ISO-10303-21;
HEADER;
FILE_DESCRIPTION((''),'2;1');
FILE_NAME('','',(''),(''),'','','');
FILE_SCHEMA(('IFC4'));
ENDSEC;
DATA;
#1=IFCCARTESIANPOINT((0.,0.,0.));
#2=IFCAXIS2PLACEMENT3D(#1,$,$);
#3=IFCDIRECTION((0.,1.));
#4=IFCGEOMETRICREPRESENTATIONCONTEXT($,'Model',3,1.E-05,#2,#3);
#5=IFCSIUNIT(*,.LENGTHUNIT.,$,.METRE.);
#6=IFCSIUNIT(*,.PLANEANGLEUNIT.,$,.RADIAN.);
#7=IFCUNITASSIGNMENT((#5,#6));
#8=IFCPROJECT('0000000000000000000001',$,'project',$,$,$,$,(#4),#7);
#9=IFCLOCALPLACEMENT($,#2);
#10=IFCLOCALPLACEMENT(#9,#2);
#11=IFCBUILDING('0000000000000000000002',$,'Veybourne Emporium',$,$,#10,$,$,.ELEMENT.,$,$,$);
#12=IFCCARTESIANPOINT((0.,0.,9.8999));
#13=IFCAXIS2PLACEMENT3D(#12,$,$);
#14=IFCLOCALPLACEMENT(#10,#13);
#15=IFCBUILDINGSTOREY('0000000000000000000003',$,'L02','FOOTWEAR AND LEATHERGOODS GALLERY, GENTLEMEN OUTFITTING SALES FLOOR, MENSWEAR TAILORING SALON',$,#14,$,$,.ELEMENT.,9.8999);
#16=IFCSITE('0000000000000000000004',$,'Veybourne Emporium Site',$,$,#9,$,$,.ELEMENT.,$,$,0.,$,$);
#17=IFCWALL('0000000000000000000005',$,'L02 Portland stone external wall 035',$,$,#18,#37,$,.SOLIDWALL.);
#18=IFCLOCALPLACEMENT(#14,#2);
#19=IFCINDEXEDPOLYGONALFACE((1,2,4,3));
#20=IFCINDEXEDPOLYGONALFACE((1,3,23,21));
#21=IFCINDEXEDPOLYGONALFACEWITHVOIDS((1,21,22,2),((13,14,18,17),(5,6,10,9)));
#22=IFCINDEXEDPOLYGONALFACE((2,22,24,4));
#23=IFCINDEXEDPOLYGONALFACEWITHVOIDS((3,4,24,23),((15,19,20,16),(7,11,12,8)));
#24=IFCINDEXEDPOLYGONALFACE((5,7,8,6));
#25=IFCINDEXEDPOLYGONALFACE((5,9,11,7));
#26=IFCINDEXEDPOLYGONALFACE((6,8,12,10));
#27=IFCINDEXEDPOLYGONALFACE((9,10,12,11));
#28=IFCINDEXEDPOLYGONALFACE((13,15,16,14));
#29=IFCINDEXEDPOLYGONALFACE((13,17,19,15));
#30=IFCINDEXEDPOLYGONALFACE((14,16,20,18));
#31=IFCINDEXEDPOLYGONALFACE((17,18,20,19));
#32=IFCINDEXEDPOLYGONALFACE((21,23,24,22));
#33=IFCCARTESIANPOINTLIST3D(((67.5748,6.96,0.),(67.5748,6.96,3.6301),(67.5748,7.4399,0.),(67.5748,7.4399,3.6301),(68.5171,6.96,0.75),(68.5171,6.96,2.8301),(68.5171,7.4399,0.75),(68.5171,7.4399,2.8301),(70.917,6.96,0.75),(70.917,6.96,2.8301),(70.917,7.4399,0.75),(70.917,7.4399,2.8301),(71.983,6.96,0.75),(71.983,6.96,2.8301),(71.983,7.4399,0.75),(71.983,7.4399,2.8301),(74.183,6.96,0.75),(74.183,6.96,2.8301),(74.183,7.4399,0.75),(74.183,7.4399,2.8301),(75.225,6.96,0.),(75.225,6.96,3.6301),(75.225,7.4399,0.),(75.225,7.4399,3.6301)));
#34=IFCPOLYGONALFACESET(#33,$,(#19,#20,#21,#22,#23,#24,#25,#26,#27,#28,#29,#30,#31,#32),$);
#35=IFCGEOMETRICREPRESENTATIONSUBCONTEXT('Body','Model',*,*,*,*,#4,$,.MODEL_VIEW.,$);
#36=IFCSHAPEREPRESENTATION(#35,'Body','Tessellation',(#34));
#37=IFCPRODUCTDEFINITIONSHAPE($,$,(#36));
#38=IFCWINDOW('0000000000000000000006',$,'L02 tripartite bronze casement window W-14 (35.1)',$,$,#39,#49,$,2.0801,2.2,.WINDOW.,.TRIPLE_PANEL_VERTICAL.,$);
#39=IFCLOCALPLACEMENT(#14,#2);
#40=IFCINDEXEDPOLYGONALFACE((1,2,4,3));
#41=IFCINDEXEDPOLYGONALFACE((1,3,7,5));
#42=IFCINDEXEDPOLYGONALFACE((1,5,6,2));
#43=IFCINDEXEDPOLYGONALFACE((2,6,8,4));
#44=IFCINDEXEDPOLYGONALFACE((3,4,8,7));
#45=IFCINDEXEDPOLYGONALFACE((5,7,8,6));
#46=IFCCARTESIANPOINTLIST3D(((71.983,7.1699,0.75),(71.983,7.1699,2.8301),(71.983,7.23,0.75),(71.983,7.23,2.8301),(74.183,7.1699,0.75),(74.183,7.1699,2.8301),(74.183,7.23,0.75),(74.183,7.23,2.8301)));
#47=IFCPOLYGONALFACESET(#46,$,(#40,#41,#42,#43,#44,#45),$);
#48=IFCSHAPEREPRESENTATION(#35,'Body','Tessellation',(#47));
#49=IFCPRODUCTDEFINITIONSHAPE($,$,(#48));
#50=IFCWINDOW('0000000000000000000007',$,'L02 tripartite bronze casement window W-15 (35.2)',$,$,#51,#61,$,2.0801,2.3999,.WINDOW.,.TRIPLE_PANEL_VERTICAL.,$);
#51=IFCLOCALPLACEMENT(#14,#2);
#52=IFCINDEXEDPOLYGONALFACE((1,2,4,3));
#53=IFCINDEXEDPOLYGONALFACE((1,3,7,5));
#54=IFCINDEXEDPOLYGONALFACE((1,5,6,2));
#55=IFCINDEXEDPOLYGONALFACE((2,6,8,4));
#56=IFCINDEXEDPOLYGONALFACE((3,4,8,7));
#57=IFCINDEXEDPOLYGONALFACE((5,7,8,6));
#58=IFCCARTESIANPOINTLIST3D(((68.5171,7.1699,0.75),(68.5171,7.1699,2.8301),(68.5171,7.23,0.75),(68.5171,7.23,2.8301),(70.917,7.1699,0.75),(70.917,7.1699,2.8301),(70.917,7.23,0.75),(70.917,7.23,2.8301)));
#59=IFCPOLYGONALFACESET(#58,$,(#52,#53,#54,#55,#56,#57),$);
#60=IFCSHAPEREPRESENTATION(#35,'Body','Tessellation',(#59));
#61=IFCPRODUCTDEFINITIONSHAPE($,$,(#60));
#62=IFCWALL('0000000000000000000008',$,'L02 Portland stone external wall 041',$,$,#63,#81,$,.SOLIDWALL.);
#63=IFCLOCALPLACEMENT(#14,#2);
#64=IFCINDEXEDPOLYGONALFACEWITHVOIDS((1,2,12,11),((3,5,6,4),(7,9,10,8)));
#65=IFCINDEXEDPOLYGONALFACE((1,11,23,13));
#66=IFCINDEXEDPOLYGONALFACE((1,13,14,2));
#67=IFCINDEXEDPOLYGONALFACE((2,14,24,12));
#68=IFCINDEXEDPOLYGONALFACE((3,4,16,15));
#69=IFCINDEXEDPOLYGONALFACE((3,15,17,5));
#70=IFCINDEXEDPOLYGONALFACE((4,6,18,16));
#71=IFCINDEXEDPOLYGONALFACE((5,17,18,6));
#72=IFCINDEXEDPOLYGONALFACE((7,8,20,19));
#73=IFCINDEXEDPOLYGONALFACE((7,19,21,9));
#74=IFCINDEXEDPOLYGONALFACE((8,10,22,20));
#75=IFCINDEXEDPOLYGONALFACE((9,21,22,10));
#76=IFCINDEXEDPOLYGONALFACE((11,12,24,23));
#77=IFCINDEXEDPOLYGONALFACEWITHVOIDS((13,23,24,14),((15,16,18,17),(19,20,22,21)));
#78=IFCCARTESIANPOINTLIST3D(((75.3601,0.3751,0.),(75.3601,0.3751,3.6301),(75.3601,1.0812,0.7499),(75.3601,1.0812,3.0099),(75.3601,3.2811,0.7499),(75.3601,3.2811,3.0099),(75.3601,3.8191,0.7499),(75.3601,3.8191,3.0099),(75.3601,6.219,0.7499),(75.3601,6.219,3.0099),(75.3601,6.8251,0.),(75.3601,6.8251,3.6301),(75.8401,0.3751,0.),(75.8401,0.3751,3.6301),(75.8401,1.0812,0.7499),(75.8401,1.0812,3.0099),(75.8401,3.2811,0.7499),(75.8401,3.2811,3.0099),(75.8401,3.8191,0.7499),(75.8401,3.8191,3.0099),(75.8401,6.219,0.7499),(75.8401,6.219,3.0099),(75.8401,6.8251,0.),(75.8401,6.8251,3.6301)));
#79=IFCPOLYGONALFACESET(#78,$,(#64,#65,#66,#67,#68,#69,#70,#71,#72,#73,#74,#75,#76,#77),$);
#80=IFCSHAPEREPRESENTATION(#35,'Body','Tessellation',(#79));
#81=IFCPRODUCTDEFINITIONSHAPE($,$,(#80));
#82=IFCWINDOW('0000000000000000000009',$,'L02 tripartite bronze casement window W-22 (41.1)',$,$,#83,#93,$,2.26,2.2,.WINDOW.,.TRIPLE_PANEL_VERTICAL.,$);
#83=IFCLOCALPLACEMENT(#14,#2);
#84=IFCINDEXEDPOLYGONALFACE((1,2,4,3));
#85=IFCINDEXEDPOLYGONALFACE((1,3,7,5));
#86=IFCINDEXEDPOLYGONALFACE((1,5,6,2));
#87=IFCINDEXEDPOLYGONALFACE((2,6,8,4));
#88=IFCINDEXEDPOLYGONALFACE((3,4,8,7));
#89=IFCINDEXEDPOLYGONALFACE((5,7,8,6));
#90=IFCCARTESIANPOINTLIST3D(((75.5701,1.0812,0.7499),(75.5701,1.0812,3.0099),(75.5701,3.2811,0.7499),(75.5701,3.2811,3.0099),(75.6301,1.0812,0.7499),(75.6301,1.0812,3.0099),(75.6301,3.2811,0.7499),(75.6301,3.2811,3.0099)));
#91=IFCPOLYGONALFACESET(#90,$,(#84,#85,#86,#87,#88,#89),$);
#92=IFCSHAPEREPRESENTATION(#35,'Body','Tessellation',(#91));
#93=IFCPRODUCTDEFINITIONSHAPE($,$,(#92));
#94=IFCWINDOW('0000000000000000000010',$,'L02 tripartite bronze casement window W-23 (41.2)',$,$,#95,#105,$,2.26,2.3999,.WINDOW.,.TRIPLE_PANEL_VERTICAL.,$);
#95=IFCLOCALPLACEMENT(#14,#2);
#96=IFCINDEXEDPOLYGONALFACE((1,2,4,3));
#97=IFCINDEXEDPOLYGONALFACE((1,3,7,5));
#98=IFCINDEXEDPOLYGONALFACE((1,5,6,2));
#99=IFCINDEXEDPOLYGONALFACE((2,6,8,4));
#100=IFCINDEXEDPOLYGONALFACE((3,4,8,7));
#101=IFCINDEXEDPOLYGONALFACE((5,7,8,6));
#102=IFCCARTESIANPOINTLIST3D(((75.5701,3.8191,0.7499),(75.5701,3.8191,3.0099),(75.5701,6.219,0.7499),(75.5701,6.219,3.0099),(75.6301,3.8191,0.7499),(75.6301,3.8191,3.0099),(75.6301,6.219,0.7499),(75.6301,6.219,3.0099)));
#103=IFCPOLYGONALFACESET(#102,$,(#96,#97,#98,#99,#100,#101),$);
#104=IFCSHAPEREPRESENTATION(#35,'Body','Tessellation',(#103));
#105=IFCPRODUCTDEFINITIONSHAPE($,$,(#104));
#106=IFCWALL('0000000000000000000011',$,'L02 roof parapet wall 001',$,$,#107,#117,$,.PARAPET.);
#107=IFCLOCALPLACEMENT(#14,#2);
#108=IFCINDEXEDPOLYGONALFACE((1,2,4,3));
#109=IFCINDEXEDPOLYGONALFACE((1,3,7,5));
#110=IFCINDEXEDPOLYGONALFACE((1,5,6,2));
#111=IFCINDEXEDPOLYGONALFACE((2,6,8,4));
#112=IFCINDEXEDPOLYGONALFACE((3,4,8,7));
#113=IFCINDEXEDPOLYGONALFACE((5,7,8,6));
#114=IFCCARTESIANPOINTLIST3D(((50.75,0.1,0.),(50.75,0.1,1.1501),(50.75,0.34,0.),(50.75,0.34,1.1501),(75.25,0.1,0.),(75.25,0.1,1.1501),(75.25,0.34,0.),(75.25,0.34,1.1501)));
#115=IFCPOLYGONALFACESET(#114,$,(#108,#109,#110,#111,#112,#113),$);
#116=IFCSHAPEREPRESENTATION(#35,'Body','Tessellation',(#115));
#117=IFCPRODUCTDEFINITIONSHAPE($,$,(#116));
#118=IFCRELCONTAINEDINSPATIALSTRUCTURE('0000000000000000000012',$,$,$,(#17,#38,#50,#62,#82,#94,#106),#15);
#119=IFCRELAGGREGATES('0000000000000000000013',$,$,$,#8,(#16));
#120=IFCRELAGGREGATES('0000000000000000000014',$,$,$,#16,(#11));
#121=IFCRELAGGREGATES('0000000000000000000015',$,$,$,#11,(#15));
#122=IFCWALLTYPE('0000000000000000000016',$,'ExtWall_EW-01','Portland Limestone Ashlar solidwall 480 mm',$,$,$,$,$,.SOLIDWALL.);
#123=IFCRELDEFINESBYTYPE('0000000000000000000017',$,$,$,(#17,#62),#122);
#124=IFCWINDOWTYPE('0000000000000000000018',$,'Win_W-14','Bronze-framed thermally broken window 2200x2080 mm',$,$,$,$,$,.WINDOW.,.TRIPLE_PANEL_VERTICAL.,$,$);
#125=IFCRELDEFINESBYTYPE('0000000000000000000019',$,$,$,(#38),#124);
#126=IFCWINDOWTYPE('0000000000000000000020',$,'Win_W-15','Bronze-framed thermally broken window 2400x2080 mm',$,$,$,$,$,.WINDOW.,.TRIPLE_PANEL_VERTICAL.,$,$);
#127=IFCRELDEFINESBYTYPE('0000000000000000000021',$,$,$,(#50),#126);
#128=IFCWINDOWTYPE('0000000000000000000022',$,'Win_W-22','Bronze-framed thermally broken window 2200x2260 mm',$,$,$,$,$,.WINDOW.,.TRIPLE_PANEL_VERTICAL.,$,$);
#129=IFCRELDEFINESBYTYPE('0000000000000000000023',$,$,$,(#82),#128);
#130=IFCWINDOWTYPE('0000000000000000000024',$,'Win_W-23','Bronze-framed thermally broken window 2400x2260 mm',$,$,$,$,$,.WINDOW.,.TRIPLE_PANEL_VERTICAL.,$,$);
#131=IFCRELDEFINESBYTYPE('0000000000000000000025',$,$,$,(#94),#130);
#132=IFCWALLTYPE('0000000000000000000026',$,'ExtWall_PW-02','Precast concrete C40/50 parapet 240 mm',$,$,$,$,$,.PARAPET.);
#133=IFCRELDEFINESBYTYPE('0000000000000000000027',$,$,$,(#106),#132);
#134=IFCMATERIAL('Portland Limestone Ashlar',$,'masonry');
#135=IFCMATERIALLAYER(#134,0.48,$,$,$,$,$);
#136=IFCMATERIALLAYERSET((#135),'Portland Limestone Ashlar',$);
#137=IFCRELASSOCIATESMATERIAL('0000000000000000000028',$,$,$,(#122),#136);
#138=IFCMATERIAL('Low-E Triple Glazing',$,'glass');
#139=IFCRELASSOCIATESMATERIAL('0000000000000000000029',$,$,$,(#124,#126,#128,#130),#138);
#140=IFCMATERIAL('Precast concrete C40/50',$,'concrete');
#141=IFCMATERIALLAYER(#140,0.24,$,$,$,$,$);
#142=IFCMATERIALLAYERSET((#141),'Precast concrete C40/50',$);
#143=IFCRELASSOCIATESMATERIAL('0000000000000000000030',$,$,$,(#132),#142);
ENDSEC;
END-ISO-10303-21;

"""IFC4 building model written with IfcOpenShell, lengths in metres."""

from ifc_helpers import new_model, si_unit, direction, frame, frame_2d, origin, place, context, subcontext, project, spatial, rectangle, extrude, material, layer, layer_set, type_object, element, fill, save


model = new_model("IFC4")

# Units and contexts
model_context = context("Model", 3, precision=1e-05, world=origin(), true_north=direction((0.0, 1.0)))
body_context = subcontext(model_context, "Body", "Model", "MODEL_VIEW")
ifc_project = project(units=[si_unit("LENGTHUNIT", "METRE"), si_unit("PLANEANGLEUNIT", "RADIAN")], contexts=[model_context])

# Site, building, storey
site_placement = place(None, origin())
site = spatial("IfcSite", under=ifc_project, at=site_placement, Name="Veybourne Emporium Site", CompositionType="ELEMENT", RefElevation=0.0)
building_placement = place(site_placement, origin())
building = spatial("IfcBuilding", under=site, at=building_placement, Name="Veybourne Emporium", CompositionType="ELEMENT")
storey_placement = place(building_placement, frame((0.0, 0.0, 9.8999)))
storey = spatial("IfcBuildingStorey", under=building, at=storey_placement, Name="L02", Description="FOOTWEAR AND LEATHERGOODS GALLERY, GENTLEMEN OUTFITTING SALES FLOOR, MENSWEAR TAILORING SALON", CompositionType="ELEMENT", Elevation=9.8999)

# Shared definitions
ifc_material_1 = material(Name="Low-E Triple Glazing", Category="glass")

# Walls, openings, windows
ifc_material_2 = material(Name="Portland Limestone Ashlar", Category="masonry")
ifc_layer_1 = layer(ifc_material_2, 0.48)
ifc_layer_set_1 = layer_set([ifc_layer_1], Name="Portland Limestone Ashlar")
wall_type_1 = type_object("IfcWallType", Name="ExtWall_EW-01", Description="Portland Limestone Ashlar solidwall 480 mm", PredefinedType="SOLIDWALL", material=ifc_layer_set_1)
wall_1_placement = place(storey_placement, frame((75.2251, 7.2, 0.0), z_axis=(0.0, 0.0, 1.0), x_axis=(-1.0, 0.0, 0.0)))
wall_1 = element("IfcWall", 1, at=wall_1_placement, inside=storey, type_object=wall_type_1, Name="L02 Portland stone external wall 035", PredefinedType="SOLIDWALL", context=body_context, shape_type="SweptSolid", body=[
    extrude(rectangle(XDim=7.6501, YDim=0.48, at=frame_2d((3.8252, 0.0))), origin(), (0.0, 0.0, 1.0), 3.6301),
])
opening_1_placement = place(wall_1_placement, frame((1.042, 0.0, 0.75)))
opening_1 = element("IfcOpeningElement", 2, at=opening_1_placement, cuts=wall_1, PredefinedType="OPENING", context=body_context, shape_type="SweptSolid", body=[
    extrude(rectangle(XDim=2.2, YDim=2.0801, at=frame_2d((1.1001, 1.04))), frame((0.0, 0.26, 0.0), z_axis=(0.0, -1.0, 0.0), x_axis=(1.0, 0.0, 0.0)), (0.0, 0.0, 1.0), 0.52),
])
opening_2_placement = place(wall_1_placement, frame((4.3081, 0.0, 0.75)))
opening_2 = element("IfcOpeningElement", 3, at=opening_2_placement, cuts=wall_1, PredefinedType="OPENING", context=body_context, shape_type="SweptSolid", body=[
    extrude(rectangle(XDim=2.3999, YDim=2.0801, at=frame_2d((1.2, 1.04))), frame((0.0, 0.26, 0.0), z_axis=(0.0, -1.0, 0.0), x_axis=(1.0, 0.0, 0.0)), (0.0, 0.0, 1.0), 0.52),
])
window_type_1 = type_object("IfcWindowType", Name="Win_W-14", Description="Bronze-framed thermally broken window 2200x2080 mm", PartitioningType="TRIPLE_PANEL_VERTICAL", PredefinedType="WINDOW", material=ifc_material_1)
window_1_placement = place(opening_1_placement, origin())
window_1 = element("IfcWindow", 4, at=window_1_placement, inside=storey, type_object=window_type_1, Name="L02 tripartite bronze casement window W-14 (35.1)", OverallHeight=2.0801, OverallWidth=2.2, PartitioningType="TRIPLE_PANEL_VERTICAL", PredefinedType="WINDOW", context=body_context, shape_type="SweptSolid", body=[
    extrude(rectangle(XDim=2.2, YDim=2.0801, at=frame_2d((1.1001, 1.04))), frame((0.0, 0.03, 0.0), z_axis=(0.0, -1.0, 0.0), x_axis=(1.0, 0.0, 0.0)), (0.0, 0.0, 1.0), 0.0601),
])
fill(opening_1, window_1)
window_type_2 = type_object("IfcWindowType", Name="Win_W-15", Description="Bronze-framed thermally broken window 2400x2080 mm", PartitioningType="TRIPLE_PANEL_VERTICAL", PredefinedType="WINDOW", material=ifc_material_1)
window_2_placement = place(opening_2_placement, origin())
window_2 = element("IfcWindow", 5, at=window_2_placement, inside=storey, type_object=window_type_2, Name="L02 tripartite bronze casement window W-15 (35.2)", OverallHeight=2.0801, OverallWidth=2.3999, PartitioningType="TRIPLE_PANEL_VERTICAL", PredefinedType="WINDOW", context=body_context, shape_type="SweptSolid", body=[
    extrude(rectangle(XDim=2.3999, YDim=2.0801, at=frame_2d((1.2, 1.04))), frame((0.0, 0.03, 0.0), z_axis=(0.0, -1.0, 0.0), x_axis=(1.0, 0.0, 0.0)), (0.0, 0.0, 1.0), 0.0601),
])
fill(opening_2, window_2)
wall_2_placement = place(storey_placement, frame((75.6001, 0.375, 0.0), z_axis=(0.0, 0.0, 1.0), x_axis=(0.0, 1.0, 0.0)))
wall_2 = element("IfcWall", 6, at=wall_2_placement, inside=storey, type_object=wall_type_1, Name="L02 Portland stone external wall 041", PredefinedType="SOLIDWALL", context=body_context, shape_type="SweptSolid", body=[
    extrude(rectangle(XDim=6.45, YDim=0.48, at=frame_2d((3.2251, 0.0))), origin(), (0.0, 0.0, 1.0), 3.6301),
])
opening_3_placement = place(wall_2_placement, frame((0.7061, 0.0, 0.75)))
opening_3 = element("IfcOpeningElement", 7, at=opening_3_placement, cuts=wall_2, PredefinedType="OPENING", context=body_context, shape_type="SweptSolid", body=[
    extrude(rectangle(XDim=2.2, YDim=2.26, at=frame_2d((1.1001, 1.1299))), frame((0.0, 0.26, 0.0), z_axis=(0.0, -1.0, 0.0), x_axis=(1.0, 0.0, 0.0)), (0.0, 0.0, 1.0), 0.52),
])
opening_4_placement = place(wall_2_placement, frame((3.4441, 0.0, 0.75)))
opening_4 = element("IfcOpeningElement", 8, at=opening_4_placement, cuts=wall_2, PredefinedType="OPENING", context=body_context, shape_type="SweptSolid", body=[
    extrude(rectangle(XDim=2.3999, YDim=2.26, at=frame_2d((1.2, 1.1299))), frame((0.0, 0.26, 0.0), z_axis=(0.0, -1.0, 0.0), x_axis=(1.0, 0.0, 0.0)), (0.0, 0.0, 1.0), 0.52),
])
window_type_3 = type_object("IfcWindowType", Name="Win_W-22", Description="Bronze-framed thermally broken window 2200x2260 mm", PartitioningType="TRIPLE_PANEL_VERTICAL", PredefinedType="WINDOW", material=ifc_material_1)
window_3_placement = place(opening_3_placement, origin())
window_3 = element("IfcWindow", 9, at=window_3_placement, inside=storey, type_object=window_type_3, Name="L02 tripartite bronze casement window W-22 (41.1)", OverallHeight=2.26, OverallWidth=2.2, PartitioningType="TRIPLE_PANEL_VERTICAL", PredefinedType="WINDOW", context=body_context, shape_type="SweptSolid", body=[
    extrude(rectangle(XDim=2.2, YDim=2.26, at=frame_2d((1.1001, 1.1299))), frame((0.0, 0.03, 0.0), z_axis=(0.0, -1.0, 0.0), x_axis=(1.0, 0.0, 0.0)), (0.0, 0.0, 1.0), 0.0601),
])
fill(opening_3, window_3)
window_type_4 = type_object("IfcWindowType", Name="Win_W-23", Description="Bronze-framed thermally broken window 2400x2260 mm", PartitioningType="TRIPLE_PANEL_VERTICAL", PredefinedType="WINDOW", material=ifc_material_1)
window_4_placement = place(opening_4_placement, origin())
window_4 = element("IfcWindow", 10, at=window_4_placement, inside=storey, type_object=window_type_4, Name="L02 tripartite bronze casement window W-23 (41.2)", OverallHeight=2.26, OverallWidth=2.3999, PartitioningType="TRIPLE_PANEL_VERTICAL", PredefinedType="WINDOW", context=body_context, shape_type="SweptSolid", body=[
    extrude(rectangle(XDim=2.3999, YDim=2.26, at=frame_2d((1.2, 1.1299))), frame((0.0, 0.03, 0.0), z_axis=(0.0, -1.0, 0.0), x_axis=(1.0, 0.0, 0.0)), (0.0, 0.0, 1.0), 0.0601),
])
fill(opening_4, window_4)

# Wall
ifc_material_3 = material(Name="Precast concrete C40/50", Category="concrete")
ifc_layer_2 = layer(ifc_material_3, 0.24)
ifc_layer_set_2 = layer_set([ifc_layer_2], Name="Precast concrete C40/50")
wall_type_2 = type_object("IfcWallType", Name="ExtWall_PW-02", Description="Precast concrete C40/50 parapet 240 mm", PredefinedType="PARAPET", material=ifc_layer_set_2)
wall_3_placement = place(storey_placement, frame((75.25, 0.22, 0.0), z_axis=(0.0, 0.0, 1.0), x_axis=(-1.0, 0.0, 0.0)))
element("IfcWall", 11, at=wall_3_placement, inside=storey, type_object=wall_type_2, Name="L02 roof parapet wall 001", PredefinedType="PARAPET", context=body_context, shape_type="SweptSolid", body=[
    extrude(rectangle(XDim=24.5, YDim=0.24, at=frame_2d((12.25, 0.0))), origin(), (0.0, 0.0, 1.0), 1.1501),
])

save(model, "model.ifc")
